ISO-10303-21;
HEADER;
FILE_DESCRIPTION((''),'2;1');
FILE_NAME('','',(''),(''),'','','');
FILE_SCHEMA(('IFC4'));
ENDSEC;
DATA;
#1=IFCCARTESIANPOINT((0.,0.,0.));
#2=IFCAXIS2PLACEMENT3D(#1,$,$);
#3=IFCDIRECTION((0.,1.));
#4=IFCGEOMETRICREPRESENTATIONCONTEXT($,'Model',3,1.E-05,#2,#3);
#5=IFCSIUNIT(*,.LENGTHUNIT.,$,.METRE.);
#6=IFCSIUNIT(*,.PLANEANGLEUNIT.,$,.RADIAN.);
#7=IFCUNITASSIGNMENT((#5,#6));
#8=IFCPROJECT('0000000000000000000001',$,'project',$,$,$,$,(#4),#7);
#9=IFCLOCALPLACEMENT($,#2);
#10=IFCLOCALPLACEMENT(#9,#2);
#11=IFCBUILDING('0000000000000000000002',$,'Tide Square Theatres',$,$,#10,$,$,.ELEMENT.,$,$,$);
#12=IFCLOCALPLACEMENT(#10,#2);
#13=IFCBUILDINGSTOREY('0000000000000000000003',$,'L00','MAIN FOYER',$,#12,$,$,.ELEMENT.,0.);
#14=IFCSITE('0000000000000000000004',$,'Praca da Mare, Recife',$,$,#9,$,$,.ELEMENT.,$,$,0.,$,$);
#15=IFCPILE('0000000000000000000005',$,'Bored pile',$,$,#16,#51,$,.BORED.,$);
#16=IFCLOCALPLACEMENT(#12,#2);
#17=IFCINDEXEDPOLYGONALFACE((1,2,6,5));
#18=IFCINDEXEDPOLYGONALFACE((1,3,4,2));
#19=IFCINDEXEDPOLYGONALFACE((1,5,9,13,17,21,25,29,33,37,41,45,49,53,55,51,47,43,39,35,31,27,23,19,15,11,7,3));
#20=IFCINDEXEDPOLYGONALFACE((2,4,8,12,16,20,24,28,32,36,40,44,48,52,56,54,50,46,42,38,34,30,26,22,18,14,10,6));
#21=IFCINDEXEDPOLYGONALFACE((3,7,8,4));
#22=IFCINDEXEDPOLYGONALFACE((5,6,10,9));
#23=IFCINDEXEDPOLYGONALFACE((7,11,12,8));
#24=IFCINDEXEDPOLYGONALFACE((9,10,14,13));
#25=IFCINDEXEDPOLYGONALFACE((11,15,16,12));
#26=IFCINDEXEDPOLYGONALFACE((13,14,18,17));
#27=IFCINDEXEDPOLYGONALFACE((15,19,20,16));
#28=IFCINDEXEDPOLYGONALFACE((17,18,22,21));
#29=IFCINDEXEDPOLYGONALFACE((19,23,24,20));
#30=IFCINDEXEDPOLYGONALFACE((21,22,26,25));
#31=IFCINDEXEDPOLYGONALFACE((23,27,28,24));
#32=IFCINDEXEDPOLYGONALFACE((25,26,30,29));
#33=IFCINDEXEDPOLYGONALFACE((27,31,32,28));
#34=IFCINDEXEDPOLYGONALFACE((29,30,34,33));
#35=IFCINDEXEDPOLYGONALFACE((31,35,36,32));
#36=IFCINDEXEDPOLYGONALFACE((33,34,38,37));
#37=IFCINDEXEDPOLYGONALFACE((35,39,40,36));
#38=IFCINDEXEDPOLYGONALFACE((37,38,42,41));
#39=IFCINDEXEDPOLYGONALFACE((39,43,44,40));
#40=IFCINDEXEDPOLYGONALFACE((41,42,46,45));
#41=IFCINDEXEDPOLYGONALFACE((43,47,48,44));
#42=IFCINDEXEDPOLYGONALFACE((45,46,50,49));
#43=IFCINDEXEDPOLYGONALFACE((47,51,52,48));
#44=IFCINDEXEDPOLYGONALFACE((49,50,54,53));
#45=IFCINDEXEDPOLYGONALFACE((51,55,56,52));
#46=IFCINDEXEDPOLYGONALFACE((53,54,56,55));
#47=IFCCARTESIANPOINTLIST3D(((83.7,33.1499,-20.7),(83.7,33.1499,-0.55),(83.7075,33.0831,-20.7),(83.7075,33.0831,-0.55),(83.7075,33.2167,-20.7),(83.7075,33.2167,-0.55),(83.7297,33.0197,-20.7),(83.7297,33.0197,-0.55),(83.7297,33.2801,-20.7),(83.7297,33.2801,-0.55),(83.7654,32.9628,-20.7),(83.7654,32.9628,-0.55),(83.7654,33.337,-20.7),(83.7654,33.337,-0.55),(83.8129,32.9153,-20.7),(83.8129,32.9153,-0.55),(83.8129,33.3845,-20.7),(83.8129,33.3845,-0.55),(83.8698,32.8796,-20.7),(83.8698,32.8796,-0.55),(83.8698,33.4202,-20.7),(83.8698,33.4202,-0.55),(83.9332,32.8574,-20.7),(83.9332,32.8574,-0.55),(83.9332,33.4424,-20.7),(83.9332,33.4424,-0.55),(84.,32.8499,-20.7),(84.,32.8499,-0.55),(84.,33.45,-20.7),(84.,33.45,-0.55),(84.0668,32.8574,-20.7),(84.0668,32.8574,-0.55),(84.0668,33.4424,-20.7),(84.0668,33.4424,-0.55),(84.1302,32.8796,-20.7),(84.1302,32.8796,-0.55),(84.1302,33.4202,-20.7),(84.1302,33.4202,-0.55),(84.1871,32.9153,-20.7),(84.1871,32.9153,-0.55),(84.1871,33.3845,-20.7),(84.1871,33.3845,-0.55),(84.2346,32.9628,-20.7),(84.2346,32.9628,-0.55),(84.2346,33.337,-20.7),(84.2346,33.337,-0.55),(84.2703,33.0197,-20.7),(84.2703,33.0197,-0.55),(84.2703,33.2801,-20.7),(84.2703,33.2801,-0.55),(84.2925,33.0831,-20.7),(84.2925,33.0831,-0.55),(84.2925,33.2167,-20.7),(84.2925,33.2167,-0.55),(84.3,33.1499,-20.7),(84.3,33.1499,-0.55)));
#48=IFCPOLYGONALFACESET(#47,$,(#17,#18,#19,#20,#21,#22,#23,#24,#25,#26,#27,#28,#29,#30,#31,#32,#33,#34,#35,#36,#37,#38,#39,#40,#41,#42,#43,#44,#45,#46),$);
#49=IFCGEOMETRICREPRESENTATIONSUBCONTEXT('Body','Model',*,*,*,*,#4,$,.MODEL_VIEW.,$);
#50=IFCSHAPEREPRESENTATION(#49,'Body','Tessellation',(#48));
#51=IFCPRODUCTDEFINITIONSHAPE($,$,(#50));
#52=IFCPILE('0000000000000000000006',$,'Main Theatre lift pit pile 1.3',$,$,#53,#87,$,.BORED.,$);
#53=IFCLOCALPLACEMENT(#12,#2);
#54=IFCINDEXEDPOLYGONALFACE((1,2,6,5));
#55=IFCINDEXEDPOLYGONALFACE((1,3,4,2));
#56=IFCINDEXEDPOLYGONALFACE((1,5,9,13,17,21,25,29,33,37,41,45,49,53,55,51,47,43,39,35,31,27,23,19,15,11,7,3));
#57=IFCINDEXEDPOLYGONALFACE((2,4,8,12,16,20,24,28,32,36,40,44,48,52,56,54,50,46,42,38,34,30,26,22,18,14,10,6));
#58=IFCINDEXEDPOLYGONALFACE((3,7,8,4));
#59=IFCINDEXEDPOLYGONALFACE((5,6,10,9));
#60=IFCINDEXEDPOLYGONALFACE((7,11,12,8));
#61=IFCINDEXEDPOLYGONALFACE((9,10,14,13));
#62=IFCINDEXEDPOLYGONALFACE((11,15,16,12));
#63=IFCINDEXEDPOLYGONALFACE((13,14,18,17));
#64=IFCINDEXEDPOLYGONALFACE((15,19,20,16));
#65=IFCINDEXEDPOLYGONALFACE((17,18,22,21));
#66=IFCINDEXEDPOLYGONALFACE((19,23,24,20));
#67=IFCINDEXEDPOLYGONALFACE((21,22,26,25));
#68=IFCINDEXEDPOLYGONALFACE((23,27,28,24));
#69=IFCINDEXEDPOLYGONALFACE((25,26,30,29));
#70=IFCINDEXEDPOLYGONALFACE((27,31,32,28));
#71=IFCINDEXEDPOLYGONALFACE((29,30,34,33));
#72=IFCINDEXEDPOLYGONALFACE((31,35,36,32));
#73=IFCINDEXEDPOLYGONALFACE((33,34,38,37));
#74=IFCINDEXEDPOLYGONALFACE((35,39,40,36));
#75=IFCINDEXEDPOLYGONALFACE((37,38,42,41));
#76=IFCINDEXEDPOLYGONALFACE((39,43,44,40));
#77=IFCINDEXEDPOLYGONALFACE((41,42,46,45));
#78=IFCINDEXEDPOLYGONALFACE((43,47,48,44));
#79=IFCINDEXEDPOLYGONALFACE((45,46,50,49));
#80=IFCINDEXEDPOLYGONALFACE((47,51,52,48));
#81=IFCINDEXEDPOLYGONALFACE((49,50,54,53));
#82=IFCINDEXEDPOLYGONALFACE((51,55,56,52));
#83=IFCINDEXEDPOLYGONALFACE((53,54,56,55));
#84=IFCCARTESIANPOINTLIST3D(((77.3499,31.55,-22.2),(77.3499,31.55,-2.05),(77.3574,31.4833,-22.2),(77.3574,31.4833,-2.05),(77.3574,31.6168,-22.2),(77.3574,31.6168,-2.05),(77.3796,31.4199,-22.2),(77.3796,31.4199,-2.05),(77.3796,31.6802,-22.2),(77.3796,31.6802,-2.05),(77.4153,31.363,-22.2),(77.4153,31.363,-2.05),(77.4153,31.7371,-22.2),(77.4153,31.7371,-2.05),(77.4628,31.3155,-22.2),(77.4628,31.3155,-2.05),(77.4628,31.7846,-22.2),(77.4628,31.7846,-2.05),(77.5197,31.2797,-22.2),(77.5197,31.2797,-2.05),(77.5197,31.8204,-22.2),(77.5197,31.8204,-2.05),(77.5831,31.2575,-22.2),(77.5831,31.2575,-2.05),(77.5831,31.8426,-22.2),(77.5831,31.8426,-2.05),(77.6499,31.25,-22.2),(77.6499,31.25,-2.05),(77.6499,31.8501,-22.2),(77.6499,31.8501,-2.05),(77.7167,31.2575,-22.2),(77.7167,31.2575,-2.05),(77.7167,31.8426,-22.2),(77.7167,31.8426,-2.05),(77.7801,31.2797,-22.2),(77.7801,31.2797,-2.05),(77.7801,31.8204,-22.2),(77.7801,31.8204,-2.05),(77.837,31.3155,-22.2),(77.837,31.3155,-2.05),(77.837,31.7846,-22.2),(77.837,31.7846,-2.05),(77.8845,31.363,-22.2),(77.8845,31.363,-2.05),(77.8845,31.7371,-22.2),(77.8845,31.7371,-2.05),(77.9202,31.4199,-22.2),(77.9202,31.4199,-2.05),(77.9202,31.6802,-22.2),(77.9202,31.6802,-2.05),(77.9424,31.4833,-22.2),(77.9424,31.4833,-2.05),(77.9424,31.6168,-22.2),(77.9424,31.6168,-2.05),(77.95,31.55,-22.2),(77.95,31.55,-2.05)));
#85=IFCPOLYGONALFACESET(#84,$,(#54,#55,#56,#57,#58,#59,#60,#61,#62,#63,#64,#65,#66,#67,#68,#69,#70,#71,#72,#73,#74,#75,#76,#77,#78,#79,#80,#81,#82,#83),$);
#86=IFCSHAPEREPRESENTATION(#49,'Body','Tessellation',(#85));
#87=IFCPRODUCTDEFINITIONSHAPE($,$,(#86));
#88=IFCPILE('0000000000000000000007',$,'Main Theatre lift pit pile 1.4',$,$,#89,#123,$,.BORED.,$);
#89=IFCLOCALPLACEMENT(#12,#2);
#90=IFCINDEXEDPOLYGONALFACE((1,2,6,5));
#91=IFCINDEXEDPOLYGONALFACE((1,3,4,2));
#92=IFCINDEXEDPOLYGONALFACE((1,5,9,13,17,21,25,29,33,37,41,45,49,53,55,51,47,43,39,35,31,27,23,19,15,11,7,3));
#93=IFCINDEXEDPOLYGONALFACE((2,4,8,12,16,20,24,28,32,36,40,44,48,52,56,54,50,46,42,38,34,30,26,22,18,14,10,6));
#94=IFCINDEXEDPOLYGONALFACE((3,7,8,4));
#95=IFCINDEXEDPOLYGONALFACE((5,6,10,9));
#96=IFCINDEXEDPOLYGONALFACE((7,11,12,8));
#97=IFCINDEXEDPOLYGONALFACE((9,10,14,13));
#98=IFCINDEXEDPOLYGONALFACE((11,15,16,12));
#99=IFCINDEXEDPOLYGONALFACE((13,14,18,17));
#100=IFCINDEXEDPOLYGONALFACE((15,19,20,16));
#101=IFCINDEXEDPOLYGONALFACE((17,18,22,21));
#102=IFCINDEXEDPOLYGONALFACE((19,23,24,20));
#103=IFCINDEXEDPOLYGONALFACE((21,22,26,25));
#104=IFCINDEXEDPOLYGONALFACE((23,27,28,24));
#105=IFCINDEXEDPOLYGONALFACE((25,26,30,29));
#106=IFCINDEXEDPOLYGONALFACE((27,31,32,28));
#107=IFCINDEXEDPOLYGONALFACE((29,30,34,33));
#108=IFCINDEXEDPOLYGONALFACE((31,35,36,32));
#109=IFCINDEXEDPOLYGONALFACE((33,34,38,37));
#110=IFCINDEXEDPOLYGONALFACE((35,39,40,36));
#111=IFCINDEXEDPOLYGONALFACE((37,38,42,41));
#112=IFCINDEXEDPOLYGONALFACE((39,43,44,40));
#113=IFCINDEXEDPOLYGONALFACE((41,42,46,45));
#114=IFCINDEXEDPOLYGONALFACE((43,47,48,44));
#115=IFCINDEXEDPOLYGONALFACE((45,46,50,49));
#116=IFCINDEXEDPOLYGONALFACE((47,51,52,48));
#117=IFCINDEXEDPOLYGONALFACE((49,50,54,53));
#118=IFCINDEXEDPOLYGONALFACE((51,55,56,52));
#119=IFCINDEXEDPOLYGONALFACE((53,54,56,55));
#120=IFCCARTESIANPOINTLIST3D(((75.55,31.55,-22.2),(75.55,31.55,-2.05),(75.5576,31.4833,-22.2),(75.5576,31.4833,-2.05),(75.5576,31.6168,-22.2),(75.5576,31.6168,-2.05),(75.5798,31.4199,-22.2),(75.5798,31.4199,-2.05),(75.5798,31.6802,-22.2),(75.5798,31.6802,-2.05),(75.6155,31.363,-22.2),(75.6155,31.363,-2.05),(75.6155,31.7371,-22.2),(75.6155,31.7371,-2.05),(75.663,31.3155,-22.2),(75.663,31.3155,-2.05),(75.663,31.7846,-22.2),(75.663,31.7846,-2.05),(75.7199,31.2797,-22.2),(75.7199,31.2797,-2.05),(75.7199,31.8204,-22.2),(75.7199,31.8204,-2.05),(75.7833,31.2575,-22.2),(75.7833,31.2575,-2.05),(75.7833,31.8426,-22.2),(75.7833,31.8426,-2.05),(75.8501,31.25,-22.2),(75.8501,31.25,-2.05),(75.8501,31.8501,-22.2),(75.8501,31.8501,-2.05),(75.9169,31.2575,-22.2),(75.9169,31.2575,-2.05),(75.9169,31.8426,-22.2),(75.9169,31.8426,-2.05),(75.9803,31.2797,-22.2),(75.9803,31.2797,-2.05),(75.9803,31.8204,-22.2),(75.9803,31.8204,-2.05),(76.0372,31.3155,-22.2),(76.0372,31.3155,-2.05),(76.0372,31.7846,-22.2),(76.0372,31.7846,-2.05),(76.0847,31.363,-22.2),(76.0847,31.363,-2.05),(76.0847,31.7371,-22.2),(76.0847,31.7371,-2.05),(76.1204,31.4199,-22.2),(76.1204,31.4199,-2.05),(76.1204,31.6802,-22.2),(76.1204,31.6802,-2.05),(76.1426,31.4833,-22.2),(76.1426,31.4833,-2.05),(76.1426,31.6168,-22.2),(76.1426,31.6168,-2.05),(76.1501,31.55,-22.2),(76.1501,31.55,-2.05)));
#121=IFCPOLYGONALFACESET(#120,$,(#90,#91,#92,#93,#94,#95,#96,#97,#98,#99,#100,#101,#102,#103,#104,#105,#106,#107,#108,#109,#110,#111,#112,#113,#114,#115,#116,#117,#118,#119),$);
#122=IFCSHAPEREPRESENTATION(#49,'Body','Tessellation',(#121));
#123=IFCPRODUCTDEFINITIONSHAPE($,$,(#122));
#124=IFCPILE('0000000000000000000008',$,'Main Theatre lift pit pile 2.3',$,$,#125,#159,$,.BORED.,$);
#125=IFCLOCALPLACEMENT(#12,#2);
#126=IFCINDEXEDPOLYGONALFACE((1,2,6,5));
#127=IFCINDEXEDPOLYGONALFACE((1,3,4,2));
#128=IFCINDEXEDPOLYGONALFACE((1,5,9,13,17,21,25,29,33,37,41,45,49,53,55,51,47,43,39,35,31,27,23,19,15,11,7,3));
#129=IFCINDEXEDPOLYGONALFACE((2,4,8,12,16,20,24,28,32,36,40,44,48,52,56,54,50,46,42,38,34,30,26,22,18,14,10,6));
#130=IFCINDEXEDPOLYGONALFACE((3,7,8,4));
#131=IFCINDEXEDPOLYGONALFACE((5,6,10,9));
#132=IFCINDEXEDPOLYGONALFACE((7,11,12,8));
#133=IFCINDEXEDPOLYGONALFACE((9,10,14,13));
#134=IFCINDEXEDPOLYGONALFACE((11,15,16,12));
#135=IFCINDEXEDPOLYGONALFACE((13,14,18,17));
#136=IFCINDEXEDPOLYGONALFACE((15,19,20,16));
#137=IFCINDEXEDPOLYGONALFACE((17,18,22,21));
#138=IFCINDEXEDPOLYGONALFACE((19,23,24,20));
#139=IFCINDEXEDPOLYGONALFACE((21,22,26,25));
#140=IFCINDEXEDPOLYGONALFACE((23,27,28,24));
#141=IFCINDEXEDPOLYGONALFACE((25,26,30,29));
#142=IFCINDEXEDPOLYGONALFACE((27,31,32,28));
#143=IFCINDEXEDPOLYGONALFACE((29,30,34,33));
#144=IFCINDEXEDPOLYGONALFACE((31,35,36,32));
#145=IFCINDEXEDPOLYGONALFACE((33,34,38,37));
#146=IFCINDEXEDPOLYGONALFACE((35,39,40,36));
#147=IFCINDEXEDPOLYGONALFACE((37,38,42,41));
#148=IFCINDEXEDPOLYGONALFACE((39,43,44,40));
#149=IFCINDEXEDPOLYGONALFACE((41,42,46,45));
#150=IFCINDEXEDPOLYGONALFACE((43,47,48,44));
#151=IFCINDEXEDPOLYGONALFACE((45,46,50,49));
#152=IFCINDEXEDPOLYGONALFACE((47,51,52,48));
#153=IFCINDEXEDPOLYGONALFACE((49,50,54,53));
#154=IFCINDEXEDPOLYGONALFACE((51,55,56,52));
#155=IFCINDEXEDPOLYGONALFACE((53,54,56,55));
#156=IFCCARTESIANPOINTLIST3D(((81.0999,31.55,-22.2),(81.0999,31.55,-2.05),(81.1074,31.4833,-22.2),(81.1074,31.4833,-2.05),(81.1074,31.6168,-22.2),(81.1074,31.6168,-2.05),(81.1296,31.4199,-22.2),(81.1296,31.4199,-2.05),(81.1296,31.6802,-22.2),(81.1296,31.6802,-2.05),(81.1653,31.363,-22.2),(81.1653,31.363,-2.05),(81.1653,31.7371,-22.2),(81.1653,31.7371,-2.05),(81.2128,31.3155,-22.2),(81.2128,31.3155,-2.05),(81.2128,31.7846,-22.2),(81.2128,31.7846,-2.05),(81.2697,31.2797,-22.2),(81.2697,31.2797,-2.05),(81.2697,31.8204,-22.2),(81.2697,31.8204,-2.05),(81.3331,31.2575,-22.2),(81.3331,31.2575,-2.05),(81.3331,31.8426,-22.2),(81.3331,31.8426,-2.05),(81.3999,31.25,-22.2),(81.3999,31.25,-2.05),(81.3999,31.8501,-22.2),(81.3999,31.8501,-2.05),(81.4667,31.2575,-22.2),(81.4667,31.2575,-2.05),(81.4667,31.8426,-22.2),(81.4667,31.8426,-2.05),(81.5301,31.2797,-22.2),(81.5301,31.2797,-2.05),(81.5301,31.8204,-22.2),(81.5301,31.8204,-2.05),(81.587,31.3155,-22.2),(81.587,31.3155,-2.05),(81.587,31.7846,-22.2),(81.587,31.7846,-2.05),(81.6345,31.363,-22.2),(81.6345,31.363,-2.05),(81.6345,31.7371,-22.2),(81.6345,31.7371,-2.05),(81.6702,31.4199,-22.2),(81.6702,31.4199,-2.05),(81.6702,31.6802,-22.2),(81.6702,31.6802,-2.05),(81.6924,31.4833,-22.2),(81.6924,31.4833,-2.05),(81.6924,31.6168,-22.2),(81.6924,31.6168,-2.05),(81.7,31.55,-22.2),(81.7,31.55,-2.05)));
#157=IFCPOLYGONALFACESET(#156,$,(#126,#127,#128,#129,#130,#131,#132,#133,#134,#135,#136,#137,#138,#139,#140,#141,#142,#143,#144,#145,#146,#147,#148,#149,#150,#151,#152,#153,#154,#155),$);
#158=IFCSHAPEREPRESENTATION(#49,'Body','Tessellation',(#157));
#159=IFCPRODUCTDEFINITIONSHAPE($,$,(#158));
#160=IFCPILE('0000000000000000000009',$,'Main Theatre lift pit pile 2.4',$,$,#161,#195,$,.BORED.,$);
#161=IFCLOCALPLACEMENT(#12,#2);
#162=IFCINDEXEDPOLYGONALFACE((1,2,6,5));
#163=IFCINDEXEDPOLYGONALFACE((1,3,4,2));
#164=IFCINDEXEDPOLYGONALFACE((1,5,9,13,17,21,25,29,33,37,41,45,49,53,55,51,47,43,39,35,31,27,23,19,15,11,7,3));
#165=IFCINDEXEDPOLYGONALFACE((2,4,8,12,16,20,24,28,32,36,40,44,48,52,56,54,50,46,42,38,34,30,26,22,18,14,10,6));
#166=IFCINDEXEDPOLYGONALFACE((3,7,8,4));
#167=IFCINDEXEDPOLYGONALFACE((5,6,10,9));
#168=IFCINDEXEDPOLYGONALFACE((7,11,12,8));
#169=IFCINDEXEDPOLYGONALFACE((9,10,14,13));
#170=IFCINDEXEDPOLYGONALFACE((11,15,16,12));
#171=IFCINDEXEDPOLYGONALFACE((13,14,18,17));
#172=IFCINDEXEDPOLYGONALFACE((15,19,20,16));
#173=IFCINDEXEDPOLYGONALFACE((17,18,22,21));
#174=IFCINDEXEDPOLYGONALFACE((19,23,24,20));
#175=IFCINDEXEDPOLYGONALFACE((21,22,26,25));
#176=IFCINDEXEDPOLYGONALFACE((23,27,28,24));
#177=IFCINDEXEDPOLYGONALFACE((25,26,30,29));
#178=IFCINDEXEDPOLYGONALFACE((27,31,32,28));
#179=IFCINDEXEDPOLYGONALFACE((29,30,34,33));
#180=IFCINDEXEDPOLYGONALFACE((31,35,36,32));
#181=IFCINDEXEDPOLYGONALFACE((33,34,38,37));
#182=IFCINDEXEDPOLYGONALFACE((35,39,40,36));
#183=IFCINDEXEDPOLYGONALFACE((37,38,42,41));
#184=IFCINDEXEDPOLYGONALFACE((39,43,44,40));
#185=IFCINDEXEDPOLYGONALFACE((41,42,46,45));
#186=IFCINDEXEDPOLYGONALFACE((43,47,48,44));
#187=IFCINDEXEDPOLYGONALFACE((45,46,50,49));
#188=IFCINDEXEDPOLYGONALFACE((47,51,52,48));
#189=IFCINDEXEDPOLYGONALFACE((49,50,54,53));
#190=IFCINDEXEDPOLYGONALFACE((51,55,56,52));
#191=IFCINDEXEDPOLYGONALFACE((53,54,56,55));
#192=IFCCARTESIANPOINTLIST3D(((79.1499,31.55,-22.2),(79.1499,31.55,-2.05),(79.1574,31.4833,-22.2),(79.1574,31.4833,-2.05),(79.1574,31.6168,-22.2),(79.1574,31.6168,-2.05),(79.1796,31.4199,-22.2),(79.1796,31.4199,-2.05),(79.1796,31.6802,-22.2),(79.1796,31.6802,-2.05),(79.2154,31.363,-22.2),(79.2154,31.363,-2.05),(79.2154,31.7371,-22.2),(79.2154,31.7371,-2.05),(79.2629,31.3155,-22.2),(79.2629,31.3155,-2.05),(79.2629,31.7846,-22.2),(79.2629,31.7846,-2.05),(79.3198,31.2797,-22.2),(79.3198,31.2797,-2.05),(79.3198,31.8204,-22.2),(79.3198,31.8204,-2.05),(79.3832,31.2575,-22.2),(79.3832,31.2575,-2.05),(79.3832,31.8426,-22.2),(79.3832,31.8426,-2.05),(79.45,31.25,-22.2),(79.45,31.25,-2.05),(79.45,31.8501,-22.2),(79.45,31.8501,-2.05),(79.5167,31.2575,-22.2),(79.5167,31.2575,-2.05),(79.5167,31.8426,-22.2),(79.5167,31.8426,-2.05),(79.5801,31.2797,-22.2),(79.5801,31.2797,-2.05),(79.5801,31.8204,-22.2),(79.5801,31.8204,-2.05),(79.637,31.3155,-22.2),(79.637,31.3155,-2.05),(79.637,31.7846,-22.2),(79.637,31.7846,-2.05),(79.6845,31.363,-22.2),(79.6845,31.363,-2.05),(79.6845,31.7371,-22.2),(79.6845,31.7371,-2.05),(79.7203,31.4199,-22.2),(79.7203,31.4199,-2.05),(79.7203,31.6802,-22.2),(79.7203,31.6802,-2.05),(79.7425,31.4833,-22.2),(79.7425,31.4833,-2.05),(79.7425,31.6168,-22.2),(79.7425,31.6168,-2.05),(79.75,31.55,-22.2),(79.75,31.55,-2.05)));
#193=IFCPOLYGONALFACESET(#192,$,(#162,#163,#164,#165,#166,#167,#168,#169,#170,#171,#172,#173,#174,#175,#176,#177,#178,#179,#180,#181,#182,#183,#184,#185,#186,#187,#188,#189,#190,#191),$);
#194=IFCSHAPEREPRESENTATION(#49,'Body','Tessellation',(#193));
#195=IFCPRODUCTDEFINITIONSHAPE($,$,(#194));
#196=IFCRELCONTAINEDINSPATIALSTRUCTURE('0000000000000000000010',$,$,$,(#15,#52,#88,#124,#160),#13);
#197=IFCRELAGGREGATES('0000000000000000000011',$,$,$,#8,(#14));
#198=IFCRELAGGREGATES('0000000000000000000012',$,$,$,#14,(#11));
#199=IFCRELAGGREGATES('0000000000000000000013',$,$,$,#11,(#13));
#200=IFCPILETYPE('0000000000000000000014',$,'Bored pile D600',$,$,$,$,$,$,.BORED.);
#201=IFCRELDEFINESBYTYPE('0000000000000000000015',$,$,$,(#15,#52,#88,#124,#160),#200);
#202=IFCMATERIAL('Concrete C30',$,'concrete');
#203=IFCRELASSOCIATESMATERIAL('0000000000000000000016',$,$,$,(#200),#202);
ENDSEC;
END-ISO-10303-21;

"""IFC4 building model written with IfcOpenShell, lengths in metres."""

from ifc_helpers import new_model, si_unit, direction, frame, origin, origin_2d, place, context, subcontext, project, spatial, circle, extrude, material, material_profile, profile_set, type_object, element, save


model = new_model("IFC4")

# Units and contexts
model_context = context("Model", 3, precision=1e-05, world=origin(), true_north=direction((0.0, 1.0)))
body_context = subcontext(model_context, "Body", "Model", "MODEL_VIEW")
ifc_project = project(units=[si_unit("LENGTHUNIT", "METRE"), si_unit("PLANEANGLEUNIT", "RADIAN")], contexts=[model_context])

# Site, building, storey
site_placement = place(None, origin())
site = spatial("IfcSite", under=ifc_project, at=site_placement, Name="Praca da Mare, Recife", CompositionType="ELEMENT", RefElevation=0.0)
building_placement = place(site_placement, origin())
building = spatial("IfcBuilding", under=site, at=building_placement, Name="Tide Square Theatres", CompositionType="ELEMENT")
storey_placement = place(building_placement, origin())
storey = spatial("IfcBuildingStorey", under=building, at=storey_placement, Name="L00", Description="MAIN FOYER", CompositionType="ELEMENT", Elevation=0.0)

# Piles
ifc_material_1 = material(Name="Concrete C30", Category="concrete")
ifc_material_profile_1 = material_profile(ifc_material_1, circle(Radius=0.3, at=origin_2d()))
ifc_profile_set_1 = profile_set([ifc_material_profile_1], Name="Concrete C30")
pile_type = type_object("IfcPileType", Name="Bored pile D600", PredefinedType="BORED", material=ifc_profile_set_1)
for number, where, z_axis, x_axis, name in (
    (1, (84.0, 33.1499, -0.55), (0.0, 0.0, -1.0), (1.0, 0.0, 0.0), "Bored pile"),
    (2, (77.6499, 31.55, -2.05), (0.0, 0.0, -1.0), (1.0, 0.0, 0.0), "Main Theatre lift pit pile 1.3"),
    (3, (75.8501, 31.55, -2.05), (0.0, 0.0, -1.0), (1.0, 0.0, 0.0), "Main Theatre lift pit pile 1.4"),
    (4, (81.3999, 31.55, -2.05), (0.0, 0.0, -1.0), (1.0, 0.0, 0.0), "Main Theatre lift pit pile 2.3"),
    (5, (79.45, 31.55, -2.05), (0.0, 0.0, -1.0), (1.0, 0.0, 0.0), "Main Theatre lift pit pile 2.4"),
):
    element("IfcPile", number, at=place(storey_placement, frame(where, z_axis=z_axis, x_axis=x_axis)), inside=storey, type_object=pile_type, Name=name, PredefinedType="BORED", context=body_context, shape_type="SweptSolid", body=[
        extrude(circle(Radius=0.3, at=origin_2d()), origin(), (0.0, 0.0, 1.0), 20.1499),
    ])

save(model, "model.ifc")
